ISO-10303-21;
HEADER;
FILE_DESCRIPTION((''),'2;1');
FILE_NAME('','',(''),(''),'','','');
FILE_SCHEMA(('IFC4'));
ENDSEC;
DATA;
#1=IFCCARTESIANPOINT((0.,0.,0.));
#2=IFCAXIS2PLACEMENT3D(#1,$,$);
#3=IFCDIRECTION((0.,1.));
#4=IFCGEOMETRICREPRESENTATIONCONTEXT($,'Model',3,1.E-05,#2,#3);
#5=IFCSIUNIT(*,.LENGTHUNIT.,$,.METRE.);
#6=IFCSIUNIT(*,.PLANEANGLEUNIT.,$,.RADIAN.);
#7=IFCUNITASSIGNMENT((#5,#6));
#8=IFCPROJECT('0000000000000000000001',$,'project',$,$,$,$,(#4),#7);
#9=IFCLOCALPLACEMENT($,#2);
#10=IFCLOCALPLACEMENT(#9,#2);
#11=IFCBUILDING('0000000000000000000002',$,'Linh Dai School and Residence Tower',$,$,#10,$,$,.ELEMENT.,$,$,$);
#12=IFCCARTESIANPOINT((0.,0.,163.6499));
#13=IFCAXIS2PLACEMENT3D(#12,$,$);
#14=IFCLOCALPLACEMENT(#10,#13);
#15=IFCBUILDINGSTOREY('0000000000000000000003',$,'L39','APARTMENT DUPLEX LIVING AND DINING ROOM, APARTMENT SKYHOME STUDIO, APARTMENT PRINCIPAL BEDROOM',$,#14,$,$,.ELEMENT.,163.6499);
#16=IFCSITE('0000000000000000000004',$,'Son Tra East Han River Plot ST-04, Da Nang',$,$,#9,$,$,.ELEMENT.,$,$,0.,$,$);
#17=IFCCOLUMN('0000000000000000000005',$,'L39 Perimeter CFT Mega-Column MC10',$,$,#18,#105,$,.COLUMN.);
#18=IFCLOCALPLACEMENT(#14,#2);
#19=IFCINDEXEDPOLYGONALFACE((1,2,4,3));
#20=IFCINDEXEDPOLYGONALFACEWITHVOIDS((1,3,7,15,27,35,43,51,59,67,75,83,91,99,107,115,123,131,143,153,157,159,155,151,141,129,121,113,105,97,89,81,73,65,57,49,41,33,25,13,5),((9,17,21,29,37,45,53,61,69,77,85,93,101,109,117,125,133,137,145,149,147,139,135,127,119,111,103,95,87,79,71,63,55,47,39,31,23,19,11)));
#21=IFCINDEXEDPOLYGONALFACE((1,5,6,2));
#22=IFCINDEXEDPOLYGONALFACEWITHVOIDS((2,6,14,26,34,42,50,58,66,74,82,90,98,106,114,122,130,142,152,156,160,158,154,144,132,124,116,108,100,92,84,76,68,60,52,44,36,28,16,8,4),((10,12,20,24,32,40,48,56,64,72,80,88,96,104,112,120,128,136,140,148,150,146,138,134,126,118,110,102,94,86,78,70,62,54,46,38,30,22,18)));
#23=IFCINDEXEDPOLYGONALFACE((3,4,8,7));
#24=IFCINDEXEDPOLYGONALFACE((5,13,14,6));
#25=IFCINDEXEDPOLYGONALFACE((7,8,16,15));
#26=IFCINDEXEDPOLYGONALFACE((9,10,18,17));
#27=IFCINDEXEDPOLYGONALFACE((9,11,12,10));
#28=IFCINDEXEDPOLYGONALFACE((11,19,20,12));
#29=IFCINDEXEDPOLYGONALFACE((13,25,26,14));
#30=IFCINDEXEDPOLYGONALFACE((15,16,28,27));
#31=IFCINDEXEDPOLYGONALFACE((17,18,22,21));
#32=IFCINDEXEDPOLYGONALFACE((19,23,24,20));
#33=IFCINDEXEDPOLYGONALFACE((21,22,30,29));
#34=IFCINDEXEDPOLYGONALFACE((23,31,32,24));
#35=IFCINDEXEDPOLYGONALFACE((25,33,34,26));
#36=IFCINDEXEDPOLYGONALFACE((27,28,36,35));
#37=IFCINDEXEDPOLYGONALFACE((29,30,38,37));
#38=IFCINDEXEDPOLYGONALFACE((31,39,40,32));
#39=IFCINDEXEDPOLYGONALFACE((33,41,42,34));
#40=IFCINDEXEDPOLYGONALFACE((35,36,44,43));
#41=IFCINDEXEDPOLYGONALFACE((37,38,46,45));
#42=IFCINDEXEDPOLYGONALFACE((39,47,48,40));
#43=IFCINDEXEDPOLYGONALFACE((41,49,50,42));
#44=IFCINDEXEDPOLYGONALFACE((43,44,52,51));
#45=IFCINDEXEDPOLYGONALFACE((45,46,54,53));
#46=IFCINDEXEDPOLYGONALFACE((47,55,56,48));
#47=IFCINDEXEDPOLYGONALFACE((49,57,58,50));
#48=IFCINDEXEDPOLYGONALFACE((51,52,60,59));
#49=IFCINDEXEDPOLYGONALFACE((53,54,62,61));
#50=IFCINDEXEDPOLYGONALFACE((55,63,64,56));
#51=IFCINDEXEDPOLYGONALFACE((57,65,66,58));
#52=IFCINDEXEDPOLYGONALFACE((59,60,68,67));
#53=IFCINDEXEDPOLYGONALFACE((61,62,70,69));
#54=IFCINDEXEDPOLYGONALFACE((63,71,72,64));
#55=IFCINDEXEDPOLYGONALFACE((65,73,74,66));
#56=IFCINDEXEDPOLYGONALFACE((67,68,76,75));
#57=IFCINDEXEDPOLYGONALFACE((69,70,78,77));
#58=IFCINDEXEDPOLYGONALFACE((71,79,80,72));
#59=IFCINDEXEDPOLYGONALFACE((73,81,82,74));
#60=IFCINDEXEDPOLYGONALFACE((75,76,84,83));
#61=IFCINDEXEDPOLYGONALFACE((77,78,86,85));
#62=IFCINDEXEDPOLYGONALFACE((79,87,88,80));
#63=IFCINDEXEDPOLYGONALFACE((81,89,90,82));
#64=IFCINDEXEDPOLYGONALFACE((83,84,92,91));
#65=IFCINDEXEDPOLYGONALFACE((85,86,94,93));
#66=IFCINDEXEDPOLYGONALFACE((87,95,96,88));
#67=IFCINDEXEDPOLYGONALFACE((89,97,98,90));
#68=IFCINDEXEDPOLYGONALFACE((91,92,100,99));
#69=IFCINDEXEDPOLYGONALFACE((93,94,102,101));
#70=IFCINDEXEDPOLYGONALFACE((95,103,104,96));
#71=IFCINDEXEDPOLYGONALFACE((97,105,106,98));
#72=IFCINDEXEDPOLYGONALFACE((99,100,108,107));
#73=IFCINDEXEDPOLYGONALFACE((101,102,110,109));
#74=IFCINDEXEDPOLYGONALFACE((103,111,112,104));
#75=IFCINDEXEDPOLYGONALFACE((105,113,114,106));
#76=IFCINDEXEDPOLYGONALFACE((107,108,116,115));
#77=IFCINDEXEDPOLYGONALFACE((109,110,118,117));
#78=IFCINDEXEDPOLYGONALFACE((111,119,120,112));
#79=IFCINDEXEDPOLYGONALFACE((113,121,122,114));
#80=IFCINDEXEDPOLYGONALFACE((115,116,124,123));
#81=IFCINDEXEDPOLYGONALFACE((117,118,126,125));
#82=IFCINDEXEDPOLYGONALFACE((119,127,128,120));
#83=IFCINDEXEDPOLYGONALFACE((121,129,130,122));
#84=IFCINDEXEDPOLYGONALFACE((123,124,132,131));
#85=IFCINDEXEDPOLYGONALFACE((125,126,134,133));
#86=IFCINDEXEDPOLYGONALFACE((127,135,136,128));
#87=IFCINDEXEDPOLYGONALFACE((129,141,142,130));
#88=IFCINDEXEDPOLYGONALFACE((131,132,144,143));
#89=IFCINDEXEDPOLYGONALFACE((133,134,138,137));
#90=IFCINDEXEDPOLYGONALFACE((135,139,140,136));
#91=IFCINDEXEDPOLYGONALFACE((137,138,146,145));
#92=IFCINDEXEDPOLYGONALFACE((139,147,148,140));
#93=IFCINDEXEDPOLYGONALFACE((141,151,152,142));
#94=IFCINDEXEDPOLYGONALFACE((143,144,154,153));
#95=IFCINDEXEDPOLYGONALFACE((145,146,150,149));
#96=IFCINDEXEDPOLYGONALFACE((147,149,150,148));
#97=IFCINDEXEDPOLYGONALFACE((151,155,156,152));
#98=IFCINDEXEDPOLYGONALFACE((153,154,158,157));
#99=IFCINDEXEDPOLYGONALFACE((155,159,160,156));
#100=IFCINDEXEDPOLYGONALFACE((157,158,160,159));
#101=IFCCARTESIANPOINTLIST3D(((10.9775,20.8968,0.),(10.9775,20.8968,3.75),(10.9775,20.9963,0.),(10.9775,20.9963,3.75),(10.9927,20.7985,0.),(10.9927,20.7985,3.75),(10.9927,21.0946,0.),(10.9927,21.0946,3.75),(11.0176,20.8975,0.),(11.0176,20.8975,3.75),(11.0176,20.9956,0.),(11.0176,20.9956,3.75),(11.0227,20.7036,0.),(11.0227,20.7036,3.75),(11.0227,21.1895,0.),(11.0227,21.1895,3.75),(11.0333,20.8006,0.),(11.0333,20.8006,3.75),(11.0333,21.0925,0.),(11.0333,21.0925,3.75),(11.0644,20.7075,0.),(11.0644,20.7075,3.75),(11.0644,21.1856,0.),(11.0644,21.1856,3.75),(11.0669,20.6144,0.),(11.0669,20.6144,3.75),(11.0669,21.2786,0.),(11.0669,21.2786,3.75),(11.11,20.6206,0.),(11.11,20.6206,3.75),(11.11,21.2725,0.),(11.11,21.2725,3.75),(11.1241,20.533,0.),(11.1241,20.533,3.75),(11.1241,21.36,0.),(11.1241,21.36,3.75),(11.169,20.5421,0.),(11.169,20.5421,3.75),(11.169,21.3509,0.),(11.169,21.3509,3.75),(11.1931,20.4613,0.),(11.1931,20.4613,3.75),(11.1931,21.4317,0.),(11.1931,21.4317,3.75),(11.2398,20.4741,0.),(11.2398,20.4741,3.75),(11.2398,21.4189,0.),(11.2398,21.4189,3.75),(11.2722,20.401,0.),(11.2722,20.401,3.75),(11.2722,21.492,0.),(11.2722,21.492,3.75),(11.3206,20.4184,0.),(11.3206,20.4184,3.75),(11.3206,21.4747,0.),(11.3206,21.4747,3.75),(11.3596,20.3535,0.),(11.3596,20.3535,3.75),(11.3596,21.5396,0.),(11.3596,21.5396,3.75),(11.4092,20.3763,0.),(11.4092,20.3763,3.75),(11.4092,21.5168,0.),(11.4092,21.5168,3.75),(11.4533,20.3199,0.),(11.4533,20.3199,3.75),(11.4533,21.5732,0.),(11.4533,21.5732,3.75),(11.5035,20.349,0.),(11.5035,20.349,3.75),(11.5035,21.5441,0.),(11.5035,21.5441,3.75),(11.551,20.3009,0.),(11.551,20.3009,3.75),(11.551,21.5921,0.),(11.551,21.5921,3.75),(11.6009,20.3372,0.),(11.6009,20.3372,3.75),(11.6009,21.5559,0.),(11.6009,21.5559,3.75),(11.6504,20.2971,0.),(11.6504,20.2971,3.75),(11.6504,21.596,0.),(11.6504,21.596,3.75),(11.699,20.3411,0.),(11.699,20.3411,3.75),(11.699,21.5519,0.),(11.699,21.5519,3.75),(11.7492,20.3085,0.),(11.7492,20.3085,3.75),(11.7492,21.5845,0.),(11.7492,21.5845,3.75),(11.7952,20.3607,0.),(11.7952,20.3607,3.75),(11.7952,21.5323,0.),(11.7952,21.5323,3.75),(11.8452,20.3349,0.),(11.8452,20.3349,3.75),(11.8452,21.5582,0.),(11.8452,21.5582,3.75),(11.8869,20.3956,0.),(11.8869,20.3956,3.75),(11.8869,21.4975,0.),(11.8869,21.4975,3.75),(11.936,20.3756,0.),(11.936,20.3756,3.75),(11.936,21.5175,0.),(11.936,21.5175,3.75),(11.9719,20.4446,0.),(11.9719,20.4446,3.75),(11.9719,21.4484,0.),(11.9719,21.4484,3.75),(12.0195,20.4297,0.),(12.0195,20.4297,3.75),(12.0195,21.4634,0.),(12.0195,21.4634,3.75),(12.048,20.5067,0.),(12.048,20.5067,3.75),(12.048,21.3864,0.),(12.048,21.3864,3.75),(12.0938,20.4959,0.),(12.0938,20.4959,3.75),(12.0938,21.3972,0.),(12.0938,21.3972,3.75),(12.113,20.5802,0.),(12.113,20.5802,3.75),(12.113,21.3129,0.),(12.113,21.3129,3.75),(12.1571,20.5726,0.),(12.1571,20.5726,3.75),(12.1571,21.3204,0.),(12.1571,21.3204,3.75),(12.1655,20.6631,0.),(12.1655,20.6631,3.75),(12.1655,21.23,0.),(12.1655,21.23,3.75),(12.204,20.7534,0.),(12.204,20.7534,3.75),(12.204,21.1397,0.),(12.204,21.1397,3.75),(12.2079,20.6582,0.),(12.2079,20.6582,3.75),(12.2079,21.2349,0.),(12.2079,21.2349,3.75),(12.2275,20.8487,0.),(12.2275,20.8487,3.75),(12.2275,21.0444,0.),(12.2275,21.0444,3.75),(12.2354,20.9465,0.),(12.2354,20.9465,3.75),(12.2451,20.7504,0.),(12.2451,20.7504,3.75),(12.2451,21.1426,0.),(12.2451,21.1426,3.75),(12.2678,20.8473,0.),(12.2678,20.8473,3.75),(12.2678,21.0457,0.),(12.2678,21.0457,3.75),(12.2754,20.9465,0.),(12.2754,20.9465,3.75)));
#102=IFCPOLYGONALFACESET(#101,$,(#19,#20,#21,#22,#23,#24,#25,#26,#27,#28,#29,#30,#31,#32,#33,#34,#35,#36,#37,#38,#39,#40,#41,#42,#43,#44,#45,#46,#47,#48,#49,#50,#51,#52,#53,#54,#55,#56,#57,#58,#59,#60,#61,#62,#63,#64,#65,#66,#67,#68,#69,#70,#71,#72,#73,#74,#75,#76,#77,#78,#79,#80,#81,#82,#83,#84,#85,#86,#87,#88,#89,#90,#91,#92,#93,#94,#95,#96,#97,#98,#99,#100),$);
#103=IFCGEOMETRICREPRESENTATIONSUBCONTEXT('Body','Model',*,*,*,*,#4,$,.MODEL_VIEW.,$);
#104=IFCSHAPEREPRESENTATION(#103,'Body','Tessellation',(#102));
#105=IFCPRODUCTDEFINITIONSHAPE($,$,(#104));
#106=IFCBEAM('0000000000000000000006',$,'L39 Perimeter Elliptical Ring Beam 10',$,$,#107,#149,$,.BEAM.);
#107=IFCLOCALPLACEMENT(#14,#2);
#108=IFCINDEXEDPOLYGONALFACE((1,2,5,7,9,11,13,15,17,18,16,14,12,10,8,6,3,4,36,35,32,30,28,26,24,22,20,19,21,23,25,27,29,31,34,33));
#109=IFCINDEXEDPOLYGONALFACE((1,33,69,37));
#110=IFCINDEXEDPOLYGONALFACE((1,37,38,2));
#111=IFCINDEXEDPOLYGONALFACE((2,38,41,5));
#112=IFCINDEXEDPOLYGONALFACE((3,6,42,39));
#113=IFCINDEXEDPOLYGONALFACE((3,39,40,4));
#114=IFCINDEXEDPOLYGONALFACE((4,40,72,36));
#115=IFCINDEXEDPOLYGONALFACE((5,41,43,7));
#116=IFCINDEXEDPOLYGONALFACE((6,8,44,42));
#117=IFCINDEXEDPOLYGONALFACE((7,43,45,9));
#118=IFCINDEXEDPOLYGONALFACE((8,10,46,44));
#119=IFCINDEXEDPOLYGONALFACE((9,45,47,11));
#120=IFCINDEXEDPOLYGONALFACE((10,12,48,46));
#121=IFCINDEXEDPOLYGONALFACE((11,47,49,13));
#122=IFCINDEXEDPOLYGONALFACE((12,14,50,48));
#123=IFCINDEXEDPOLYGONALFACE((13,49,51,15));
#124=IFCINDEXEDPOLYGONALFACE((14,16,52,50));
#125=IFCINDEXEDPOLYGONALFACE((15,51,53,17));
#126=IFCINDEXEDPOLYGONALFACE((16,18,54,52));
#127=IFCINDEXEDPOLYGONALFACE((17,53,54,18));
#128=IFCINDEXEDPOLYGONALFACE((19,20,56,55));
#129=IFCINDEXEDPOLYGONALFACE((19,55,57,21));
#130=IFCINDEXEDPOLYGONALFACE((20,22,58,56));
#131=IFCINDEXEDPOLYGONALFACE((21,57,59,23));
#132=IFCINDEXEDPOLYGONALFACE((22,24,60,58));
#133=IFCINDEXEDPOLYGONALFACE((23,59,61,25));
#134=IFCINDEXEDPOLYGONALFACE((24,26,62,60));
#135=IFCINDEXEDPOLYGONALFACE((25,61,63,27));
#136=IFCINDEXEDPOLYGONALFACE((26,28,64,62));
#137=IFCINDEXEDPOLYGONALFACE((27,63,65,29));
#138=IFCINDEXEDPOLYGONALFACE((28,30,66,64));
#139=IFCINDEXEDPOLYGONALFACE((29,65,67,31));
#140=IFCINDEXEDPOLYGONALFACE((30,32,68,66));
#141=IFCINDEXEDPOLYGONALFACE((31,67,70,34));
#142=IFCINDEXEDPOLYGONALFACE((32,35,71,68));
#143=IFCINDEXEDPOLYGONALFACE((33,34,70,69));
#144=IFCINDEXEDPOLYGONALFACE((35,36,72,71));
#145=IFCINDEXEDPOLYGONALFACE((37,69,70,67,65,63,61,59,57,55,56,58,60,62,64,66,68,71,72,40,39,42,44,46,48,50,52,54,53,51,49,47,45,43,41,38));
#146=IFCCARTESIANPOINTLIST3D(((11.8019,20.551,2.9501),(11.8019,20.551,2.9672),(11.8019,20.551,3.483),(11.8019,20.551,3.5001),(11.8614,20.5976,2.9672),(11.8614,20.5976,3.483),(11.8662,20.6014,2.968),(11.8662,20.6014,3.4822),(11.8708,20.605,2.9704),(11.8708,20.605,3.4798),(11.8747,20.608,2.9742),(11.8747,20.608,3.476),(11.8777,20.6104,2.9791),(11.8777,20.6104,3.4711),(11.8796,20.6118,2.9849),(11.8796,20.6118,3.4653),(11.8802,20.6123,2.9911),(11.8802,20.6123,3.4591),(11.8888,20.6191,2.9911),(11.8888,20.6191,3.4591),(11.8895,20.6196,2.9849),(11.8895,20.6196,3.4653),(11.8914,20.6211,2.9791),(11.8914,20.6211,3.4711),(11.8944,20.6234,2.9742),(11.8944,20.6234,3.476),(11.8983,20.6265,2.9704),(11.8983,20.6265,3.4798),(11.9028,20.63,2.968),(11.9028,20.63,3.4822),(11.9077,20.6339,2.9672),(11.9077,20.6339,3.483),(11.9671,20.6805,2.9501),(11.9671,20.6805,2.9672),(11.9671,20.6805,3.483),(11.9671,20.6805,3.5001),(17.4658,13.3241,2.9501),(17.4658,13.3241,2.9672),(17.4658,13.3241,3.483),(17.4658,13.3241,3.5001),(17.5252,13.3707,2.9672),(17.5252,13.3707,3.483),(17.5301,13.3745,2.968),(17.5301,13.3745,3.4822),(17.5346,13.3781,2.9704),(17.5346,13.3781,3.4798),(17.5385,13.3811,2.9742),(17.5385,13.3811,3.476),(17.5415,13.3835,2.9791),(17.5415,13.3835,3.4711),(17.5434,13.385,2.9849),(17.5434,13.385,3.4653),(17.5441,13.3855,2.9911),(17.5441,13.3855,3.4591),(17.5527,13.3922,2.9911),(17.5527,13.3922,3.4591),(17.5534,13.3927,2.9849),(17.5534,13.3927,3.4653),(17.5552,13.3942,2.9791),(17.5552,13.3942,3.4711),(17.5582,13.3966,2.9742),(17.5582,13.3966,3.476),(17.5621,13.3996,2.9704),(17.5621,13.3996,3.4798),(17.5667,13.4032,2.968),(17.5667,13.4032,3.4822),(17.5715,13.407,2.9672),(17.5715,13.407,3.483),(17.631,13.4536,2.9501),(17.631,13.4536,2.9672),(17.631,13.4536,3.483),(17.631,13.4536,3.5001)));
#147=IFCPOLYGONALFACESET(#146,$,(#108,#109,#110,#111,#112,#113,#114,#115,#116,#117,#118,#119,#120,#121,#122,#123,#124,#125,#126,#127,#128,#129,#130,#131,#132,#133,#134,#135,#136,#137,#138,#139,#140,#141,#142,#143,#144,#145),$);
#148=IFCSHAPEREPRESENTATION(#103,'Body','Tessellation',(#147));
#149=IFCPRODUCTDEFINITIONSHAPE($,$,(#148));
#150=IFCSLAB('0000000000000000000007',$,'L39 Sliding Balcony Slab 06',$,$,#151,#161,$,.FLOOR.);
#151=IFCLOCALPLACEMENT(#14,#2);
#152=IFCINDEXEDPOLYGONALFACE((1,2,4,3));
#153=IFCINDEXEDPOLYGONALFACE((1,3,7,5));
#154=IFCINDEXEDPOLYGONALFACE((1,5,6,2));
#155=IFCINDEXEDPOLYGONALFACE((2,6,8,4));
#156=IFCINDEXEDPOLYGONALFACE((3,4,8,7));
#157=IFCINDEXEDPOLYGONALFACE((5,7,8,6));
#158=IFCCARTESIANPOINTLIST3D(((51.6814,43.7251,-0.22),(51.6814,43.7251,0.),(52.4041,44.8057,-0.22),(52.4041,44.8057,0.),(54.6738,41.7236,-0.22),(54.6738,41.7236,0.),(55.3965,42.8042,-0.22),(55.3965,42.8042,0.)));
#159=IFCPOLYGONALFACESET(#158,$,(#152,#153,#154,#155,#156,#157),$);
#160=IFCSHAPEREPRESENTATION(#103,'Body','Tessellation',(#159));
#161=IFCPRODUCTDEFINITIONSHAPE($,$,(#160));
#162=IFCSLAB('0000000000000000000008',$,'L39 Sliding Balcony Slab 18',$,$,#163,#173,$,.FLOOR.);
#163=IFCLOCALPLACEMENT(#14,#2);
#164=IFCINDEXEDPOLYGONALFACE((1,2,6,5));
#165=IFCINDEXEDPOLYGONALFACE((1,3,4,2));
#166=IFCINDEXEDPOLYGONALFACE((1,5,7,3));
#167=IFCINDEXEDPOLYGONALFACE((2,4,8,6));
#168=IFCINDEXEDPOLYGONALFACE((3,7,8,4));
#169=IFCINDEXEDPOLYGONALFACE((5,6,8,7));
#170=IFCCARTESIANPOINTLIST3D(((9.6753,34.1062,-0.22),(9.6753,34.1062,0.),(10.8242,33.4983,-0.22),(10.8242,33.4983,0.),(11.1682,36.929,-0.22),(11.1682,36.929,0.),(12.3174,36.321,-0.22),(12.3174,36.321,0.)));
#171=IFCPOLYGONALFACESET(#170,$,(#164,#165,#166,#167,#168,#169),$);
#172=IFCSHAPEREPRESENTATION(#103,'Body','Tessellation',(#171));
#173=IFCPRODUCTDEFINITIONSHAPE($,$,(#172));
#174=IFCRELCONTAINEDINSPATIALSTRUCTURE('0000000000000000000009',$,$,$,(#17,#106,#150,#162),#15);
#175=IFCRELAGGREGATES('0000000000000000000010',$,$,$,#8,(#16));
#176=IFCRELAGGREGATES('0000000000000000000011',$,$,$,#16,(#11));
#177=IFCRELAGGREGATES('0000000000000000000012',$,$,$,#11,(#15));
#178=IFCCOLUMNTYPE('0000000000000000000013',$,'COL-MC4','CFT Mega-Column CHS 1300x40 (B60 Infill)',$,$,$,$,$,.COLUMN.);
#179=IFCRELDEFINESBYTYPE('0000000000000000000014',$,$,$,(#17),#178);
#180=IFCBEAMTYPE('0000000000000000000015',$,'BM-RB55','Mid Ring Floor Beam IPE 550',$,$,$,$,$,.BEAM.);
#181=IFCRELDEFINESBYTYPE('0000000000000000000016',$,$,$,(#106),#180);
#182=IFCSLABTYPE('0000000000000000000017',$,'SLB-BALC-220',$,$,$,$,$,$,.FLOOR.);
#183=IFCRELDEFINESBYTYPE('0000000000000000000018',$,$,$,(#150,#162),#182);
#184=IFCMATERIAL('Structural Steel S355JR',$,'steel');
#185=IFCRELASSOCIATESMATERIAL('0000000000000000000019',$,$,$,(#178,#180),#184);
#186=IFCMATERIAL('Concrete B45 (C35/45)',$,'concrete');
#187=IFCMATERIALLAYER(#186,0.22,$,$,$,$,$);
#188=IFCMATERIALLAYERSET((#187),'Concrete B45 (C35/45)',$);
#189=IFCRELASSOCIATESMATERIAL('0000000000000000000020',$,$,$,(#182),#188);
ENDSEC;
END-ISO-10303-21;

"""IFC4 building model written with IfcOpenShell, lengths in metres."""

from ifc_helpers import new_model, si_unit, direction, frame, origin, origin_2d, place, context, subcontext, project, spatial, polyline, hollow_circle, i_section, outline, extrude, material, layer, layer_set, material_profile, profile_set, type_object, element, save


model = new_model("IFC4")

# Units and contexts
model_context = context("Model", 3, precision=1e-05, world=origin(), true_north=direction((0.0, 1.0)))
body_context = subcontext(model_context, "Body", "Model", "MODEL_VIEW")
ifc_project = project(units=[si_unit("LENGTHUNIT", "METRE"), si_unit("PLANEANGLEUNIT", "RADIAN")], contexts=[model_context])

# Site, building, storey
site_placement = place(None, origin())
site = spatial("IfcSite", under=ifc_project, at=site_placement, Name="Son Tra East Han River Plot ST-04, Da Nang", CompositionType="ELEMENT", RefElevation=0.0)
building_placement = place(site_placement, origin())
building = spatial("IfcBuilding", under=site, at=building_placement, Name="Linh Dai School and Residence Tower", CompositionType="ELEMENT")
storey_placement = place(building_placement, frame((0.0, 0.0, 163.6499)))
storey = spatial("IfcBuildingStorey", under=building, at=storey_placement, Name="L39", Description="APARTMENT DUPLEX LIVING AND DINING ROOM, APARTMENT SKYHOME STUDIO, APARTMENT PRINCIPAL BEDROOM", CompositionType="ELEMENT", Elevation=163.6499)

# Column
ifc_material_1 = material(Name="Structural Steel S355JR", Category="steel")
ifc_material_profile_1 = material_profile(ifc_material_1, hollow_circle(Radius=0.6499, WallThickness=0.04, at=origin_2d()), Name="CHS 1300x40")
ifc_profile_set_1 = profile_set([ifc_material_profile_1], Name="Structural Steel S355JR")
column_type = type_object("IfcColumnType", Name="COL-MC4", Description="CFT Mega-Column CHS 1300x40 (B60 Infill)", PredefinedType="COLUMN", material=ifc_profile_set_1)
column_placement = place(storey_placement, frame((11.6255, 20.9465, 0.0), z_axis=(0.0, 0.0, 1.0), x_axis=(1.0, 0.0, 0.0)))
element("IfcColumn", 1, at=column_placement, inside=storey, type_object=column_type, Name="L39 Perimeter CFT Mega-Column MC10", PredefinedType="COLUMN", context=body_context, shape_type="SweptSolid", body=[
    extrude(hollow_circle(Radius=0.6499, WallThickness=0.04, at=origin_2d()), origin(), (0.0, 0.0, 1.0), 3.75),
])

# Beam
ifc_material_profile_2 = material_profile(ifc_material_1, i_section(OverallWidth=0.21, OverallDepth=0.55, WebThickness=0.011, FlangeThickness=0.0171, FilletRadius=0.0239, at=origin_2d()), Name="IPE 550")
ifc_profile_set_2 = profile_set([ifc_material_profile_2], Name="Structural Steel S355JR")
beam_type = type_object("IfcBeamType", Name="BM-RB55", Description="Mid Ring Floor Beam IPE 550", PredefinedType="BEAM", material=ifc_profile_set_2)
beam_placement = place(storey_placement, frame((11.8845, 20.6157, 3.2251), z_axis=(0.616852, -0.787079, 0.0), x_axis=(0.787079, 0.616852, 0.0)))
element("IfcBeam", 2, at=beam_placement, inside=storey, type_object=beam_type, Name="L39 Perimeter Elliptical Ring Beam 10", PredefinedType="BEAM", context=body_context, shape_type="SweptSolid", body=[
    extrude(i_section(OverallWidth=0.21, OverallDepth=0.55, WebThickness=0.011, FlangeThickness=0.0171, FilletRadius=0.0239, at=origin_2d()), origin(), (0.0, 0.0, 1.0), 9.1819),
])

# Slabs
ifc_material_2 = material(Name="Concrete B45 (C35/45)", Category="concrete")
ifc_layer_1 = layer(ifc_material_2, 0.22)
ifc_layer_set_1 = layer_set([ifc_layer_1], Name="Concrete B45 (C35/45)")
slab_type_1 = type_object("IfcSlabType", Name="SLB-BALC-220", PredefinedType="FLOOR", material=ifc_layer_set_1)
slab_1_placement = place(storey_placement, frame((0.0, 0.0, -0.22)))
element("IfcSlab", 3, at=slab_1_placement, inside=storey, type_object=slab_type_1, Name="L39 Sliding Balcony Slab 06", PredefinedType="FLOOR", context=body_context, shape_type="SweptSolid", body=[
    extrude(outline(polyline([(51.6814, 43.7251), (54.6738, 41.7236), (55.3965, 42.8042), (52.4041, 44.8057), (51.6814, 43.7251)])), origin(), (0.0, 0.0, 1.0), 0.22),
])
slab_2_placement = place(storey_placement, frame((0.0, 0.0, -0.22)))
element("IfcSlab", 4, at=slab_2_placement, inside=storey, type_object=slab_type_1, Name="L39 Sliding Balcony Slab 18", PredefinedType="FLOOR", context=body_context, shape_type="SweptSolid", body=[
    extrude(outline(polyline([(10.8242, 33.4983), (12.3174, 36.321), (11.1682, 36.929), (9.6753, 34.1062), (10.8242, 33.4983)])), origin(), (0.0, 0.0, 1.0), 0.22),
])

save(model, "model.ifc")
